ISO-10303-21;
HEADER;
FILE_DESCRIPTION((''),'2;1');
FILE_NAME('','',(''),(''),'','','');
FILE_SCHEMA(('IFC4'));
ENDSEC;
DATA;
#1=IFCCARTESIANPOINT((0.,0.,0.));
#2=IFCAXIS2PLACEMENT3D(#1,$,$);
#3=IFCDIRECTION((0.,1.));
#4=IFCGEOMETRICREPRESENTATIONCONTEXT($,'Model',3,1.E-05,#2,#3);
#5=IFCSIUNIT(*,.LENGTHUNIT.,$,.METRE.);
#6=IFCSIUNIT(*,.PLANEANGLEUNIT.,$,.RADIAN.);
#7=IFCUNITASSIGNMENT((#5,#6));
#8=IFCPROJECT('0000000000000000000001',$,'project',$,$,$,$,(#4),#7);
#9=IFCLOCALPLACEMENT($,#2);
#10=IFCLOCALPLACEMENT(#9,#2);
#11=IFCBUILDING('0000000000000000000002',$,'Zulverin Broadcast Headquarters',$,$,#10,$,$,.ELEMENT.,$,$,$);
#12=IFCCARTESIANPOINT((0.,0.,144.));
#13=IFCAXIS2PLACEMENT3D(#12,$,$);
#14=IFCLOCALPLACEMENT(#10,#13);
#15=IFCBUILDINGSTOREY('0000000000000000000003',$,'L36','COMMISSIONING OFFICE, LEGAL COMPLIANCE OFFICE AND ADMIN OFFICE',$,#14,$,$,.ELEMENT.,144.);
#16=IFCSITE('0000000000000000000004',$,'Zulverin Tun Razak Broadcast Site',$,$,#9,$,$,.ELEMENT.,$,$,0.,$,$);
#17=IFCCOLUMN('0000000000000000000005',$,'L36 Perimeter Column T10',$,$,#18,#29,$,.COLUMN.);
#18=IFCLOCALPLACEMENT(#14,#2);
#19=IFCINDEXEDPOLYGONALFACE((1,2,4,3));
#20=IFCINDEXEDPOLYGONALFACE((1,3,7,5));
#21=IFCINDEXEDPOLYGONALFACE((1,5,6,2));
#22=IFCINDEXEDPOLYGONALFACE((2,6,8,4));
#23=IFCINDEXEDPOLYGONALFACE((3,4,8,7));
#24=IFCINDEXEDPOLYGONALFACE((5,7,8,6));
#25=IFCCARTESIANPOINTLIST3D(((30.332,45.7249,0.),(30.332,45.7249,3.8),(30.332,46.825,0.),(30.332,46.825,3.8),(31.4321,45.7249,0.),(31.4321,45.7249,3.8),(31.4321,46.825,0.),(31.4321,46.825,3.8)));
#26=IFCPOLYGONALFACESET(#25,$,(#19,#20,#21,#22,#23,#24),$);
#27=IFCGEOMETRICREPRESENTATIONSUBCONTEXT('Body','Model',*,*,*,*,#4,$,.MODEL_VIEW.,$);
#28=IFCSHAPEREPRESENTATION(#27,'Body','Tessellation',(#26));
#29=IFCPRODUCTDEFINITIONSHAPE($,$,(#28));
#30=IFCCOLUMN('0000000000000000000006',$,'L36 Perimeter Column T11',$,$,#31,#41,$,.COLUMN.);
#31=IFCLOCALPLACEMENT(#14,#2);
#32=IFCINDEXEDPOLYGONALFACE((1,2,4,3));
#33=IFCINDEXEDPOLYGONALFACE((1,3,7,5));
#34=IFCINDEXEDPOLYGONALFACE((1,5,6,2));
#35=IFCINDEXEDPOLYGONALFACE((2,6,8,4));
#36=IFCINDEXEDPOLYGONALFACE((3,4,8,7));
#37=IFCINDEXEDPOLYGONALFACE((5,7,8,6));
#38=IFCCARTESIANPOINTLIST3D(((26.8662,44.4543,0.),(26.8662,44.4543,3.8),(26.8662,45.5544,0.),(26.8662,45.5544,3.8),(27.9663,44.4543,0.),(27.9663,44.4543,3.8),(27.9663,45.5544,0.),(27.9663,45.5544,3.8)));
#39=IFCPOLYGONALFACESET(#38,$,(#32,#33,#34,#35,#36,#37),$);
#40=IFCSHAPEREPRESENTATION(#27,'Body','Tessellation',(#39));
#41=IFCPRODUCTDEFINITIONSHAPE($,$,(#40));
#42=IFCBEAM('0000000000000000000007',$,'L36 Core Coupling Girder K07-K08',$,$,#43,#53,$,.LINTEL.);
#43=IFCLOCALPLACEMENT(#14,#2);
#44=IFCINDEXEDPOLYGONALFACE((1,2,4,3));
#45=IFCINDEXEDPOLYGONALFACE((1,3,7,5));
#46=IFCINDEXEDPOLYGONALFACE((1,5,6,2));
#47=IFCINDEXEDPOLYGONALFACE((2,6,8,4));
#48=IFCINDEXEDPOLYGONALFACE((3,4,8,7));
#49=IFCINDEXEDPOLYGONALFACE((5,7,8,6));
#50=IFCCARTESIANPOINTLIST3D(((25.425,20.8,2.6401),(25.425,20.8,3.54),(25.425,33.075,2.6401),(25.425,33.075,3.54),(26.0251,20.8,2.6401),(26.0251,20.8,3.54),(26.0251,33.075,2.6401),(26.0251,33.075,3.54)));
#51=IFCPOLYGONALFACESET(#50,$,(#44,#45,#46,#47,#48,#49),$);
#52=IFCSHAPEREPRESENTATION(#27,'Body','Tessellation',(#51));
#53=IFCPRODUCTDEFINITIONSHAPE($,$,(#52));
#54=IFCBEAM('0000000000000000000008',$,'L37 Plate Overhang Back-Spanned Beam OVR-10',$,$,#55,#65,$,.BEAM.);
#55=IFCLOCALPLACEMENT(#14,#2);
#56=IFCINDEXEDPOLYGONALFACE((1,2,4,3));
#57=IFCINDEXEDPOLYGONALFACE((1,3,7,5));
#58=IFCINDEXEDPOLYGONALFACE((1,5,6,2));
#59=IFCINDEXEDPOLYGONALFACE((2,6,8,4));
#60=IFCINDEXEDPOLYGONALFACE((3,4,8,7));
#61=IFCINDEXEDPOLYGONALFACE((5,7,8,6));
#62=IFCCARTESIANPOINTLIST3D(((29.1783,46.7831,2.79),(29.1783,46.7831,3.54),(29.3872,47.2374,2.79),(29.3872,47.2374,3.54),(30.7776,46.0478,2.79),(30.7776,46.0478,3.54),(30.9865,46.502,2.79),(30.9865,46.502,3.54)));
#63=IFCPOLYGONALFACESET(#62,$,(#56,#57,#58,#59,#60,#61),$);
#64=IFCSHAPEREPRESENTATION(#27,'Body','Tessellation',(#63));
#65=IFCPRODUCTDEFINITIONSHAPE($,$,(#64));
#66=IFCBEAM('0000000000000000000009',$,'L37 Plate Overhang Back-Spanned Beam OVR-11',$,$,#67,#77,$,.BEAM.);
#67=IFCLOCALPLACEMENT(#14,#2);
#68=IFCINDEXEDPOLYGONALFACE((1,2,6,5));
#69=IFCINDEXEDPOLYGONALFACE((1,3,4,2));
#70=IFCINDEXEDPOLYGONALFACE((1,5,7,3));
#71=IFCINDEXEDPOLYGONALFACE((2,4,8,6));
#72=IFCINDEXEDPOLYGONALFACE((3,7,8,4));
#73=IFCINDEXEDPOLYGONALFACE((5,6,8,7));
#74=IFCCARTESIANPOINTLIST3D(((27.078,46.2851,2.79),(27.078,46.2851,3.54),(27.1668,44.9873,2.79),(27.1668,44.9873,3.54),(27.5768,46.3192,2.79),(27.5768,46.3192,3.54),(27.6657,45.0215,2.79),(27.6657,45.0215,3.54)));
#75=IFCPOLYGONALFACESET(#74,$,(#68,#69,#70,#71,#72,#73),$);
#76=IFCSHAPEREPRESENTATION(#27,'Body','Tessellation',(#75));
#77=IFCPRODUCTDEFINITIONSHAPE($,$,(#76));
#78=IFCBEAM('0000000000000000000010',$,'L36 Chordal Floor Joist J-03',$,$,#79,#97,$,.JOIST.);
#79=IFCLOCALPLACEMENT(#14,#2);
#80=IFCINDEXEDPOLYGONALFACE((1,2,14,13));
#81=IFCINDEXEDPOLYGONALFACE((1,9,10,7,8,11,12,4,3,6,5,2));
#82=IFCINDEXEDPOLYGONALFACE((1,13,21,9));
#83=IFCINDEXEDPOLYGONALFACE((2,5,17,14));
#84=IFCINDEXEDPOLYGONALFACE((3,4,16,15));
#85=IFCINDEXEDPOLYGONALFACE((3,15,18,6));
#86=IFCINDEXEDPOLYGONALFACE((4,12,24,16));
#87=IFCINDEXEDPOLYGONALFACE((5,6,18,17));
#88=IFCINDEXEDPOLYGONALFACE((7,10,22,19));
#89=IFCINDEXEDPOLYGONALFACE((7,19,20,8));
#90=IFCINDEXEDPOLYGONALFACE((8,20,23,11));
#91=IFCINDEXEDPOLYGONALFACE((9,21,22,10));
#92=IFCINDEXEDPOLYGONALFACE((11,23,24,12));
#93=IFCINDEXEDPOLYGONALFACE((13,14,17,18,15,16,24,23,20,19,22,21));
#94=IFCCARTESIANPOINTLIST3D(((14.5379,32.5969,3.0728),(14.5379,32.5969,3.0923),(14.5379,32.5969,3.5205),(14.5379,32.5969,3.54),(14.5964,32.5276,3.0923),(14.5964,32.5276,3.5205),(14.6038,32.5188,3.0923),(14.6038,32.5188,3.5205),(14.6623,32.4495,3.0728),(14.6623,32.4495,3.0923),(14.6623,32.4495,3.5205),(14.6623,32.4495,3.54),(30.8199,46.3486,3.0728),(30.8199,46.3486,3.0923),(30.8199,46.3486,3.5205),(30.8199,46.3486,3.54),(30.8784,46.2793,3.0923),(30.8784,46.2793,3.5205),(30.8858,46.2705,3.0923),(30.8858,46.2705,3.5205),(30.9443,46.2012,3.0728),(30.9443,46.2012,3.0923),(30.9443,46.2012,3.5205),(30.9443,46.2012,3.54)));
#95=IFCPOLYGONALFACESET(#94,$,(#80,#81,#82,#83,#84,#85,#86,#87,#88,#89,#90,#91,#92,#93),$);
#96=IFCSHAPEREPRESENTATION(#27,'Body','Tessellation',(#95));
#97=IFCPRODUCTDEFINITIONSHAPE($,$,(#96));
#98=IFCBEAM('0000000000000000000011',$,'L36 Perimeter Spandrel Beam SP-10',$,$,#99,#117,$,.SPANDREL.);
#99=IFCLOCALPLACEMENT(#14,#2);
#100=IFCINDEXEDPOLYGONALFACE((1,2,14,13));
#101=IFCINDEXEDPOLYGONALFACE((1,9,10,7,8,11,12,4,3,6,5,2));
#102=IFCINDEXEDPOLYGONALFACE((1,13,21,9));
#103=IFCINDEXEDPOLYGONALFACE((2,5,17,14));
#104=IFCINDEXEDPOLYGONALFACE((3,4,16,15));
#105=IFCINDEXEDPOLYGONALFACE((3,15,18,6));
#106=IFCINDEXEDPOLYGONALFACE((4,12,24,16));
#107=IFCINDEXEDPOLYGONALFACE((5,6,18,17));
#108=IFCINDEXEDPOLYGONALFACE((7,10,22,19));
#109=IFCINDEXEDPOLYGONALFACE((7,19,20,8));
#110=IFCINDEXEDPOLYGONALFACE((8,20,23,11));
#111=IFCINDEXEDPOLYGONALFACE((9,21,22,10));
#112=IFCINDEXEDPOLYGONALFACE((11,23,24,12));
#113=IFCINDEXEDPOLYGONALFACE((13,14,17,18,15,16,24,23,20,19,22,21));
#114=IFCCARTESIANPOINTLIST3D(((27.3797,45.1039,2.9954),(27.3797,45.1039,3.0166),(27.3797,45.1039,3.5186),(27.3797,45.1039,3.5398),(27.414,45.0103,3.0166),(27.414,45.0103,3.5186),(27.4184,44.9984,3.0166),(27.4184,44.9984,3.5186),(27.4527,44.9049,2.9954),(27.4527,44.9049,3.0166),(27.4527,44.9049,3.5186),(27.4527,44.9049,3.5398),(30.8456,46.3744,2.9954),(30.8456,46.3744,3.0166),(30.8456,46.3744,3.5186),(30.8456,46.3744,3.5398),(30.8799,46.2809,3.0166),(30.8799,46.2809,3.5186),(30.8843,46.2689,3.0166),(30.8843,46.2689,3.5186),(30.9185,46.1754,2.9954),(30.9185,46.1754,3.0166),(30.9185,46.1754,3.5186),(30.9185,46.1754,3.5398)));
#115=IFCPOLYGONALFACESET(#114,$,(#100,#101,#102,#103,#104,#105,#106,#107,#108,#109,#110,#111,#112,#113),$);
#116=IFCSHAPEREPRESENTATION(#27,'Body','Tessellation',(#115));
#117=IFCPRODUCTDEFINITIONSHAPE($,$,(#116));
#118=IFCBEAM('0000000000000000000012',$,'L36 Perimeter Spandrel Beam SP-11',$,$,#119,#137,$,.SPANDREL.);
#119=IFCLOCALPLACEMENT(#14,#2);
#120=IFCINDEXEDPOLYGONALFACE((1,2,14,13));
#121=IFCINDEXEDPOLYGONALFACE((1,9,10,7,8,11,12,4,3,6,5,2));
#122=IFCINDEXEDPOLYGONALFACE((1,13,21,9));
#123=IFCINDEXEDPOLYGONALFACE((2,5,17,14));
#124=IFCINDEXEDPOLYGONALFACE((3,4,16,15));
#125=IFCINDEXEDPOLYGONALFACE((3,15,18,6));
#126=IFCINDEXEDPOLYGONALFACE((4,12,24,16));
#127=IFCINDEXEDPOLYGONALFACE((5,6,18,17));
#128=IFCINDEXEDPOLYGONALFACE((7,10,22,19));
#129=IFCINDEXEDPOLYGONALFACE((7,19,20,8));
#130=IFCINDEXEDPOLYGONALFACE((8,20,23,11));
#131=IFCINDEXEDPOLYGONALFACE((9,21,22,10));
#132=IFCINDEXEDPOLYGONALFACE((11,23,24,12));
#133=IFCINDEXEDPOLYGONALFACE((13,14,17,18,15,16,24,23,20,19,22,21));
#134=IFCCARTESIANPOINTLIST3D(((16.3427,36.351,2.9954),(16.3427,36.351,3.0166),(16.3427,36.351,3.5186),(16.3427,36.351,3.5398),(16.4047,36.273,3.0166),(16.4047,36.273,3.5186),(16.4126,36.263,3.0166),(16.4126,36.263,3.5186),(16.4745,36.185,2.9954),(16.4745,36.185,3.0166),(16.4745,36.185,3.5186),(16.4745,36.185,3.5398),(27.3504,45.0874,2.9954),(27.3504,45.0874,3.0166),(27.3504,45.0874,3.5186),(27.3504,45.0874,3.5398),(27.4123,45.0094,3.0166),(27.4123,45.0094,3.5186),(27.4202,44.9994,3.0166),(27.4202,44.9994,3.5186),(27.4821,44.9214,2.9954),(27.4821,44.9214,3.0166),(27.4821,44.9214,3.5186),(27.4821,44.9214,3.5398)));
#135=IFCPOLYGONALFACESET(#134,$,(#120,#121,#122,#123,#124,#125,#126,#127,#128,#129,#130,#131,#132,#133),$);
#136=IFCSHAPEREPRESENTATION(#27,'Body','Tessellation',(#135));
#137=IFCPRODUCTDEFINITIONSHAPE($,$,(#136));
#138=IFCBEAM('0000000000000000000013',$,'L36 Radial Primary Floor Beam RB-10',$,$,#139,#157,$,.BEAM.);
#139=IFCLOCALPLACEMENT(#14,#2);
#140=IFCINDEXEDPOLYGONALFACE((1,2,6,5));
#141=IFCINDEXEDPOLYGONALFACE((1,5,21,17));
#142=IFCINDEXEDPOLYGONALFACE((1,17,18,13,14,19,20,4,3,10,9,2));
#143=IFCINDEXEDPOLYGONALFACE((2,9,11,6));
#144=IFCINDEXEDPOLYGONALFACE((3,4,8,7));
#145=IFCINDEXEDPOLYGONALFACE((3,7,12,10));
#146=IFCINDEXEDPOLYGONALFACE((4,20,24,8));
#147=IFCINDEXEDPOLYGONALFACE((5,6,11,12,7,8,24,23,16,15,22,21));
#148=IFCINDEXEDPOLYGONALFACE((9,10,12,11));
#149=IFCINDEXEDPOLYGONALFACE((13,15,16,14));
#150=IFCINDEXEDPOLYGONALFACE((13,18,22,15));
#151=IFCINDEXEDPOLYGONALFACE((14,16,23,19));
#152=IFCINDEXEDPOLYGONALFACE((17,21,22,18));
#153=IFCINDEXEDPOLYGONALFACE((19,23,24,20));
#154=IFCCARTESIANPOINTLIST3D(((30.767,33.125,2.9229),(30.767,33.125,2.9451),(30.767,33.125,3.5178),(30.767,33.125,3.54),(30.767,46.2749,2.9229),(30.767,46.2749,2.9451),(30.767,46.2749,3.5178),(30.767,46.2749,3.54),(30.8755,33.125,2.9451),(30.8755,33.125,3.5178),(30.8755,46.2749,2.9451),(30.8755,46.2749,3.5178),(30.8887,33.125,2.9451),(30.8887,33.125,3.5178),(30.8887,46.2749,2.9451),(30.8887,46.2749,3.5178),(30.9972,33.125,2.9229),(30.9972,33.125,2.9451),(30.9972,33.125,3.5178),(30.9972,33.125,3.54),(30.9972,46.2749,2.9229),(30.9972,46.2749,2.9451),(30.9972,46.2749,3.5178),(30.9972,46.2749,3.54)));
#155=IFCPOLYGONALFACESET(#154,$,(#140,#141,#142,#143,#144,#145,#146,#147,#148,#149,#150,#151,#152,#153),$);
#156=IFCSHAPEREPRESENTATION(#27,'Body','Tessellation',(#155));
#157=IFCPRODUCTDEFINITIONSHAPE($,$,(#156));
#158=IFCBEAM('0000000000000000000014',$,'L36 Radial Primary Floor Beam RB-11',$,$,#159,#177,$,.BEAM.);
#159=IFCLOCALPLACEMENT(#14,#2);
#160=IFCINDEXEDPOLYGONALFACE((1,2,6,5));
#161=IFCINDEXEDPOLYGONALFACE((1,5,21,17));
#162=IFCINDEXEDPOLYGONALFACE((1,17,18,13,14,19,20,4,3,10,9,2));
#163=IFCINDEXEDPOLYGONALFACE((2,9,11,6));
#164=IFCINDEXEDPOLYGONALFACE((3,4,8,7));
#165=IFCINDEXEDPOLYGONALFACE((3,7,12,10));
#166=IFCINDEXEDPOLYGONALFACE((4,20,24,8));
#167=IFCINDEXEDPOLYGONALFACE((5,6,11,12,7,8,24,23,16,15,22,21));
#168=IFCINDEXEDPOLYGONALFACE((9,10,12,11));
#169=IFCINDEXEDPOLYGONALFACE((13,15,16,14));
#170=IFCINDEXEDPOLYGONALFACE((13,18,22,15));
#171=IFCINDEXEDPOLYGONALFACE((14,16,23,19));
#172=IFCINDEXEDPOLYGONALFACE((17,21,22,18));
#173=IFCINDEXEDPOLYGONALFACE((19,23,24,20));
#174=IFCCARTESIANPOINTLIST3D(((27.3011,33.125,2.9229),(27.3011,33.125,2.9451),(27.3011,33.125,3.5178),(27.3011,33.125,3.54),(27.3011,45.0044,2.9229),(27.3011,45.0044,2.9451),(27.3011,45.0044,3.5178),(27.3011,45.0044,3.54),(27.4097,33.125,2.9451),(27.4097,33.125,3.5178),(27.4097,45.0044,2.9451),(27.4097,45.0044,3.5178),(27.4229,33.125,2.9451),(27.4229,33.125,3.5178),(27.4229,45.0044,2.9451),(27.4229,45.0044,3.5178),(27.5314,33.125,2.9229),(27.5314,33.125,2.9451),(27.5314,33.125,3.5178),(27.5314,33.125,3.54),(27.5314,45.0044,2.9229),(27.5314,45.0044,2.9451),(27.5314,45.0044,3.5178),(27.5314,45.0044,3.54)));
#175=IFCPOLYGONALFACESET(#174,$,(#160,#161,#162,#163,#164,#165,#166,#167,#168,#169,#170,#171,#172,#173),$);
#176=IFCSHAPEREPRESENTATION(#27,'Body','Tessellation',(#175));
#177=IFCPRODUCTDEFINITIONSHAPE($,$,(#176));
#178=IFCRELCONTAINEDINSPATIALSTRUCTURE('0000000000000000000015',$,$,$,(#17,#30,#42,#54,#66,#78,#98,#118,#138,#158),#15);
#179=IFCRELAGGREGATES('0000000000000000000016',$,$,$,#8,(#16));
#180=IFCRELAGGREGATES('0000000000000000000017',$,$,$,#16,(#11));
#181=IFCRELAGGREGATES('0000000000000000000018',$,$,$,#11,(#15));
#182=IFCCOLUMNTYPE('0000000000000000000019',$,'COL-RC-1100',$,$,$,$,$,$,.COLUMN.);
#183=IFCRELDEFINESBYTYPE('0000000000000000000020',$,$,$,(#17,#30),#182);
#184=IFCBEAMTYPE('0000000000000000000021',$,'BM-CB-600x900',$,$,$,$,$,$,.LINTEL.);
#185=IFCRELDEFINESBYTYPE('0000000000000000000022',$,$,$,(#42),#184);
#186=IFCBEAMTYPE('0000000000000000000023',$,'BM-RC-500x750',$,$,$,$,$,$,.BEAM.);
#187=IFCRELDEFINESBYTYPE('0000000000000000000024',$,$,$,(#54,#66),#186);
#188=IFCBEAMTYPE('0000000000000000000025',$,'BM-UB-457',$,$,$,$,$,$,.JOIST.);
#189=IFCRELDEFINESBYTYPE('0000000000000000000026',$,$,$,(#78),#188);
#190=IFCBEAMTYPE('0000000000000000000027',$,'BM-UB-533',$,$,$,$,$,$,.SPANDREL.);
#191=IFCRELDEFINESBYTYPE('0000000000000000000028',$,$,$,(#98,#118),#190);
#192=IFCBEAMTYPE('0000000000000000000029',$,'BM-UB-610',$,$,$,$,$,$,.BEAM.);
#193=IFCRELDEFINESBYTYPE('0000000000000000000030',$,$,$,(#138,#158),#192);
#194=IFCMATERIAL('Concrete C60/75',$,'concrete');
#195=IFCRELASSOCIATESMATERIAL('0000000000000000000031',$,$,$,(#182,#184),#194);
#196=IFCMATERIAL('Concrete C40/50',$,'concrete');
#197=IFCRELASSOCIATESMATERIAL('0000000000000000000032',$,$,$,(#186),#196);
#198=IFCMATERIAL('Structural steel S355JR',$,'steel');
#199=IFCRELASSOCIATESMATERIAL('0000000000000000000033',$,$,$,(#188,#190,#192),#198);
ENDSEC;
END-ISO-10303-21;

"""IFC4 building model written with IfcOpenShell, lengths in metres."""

from ifc_helpers import new_model, si_unit, direction, frame, origin, origin_2d, place, context, subcontext, project, spatial, rectangle, i_section, extrude, material, material_profile, profile_set, type_object, element, save


model = new_model("IFC4")

# Units and contexts
model_context = context("Model", 3, precision=1e-05, world=origin(), true_north=direction((0.0, 1.0)))
body_context = subcontext(model_context, "Body", "Model", "MODEL_VIEW")
ifc_project = project(units=[si_unit("LENGTHUNIT", "METRE"), si_unit("PLANEANGLEUNIT", "RADIAN")], contexts=[model_context])

# Site, building, storey
site_placement = place(None, origin())
site = spatial("IfcSite", under=ifc_project, at=site_placement, Name="Zulverin Tun Razak Broadcast Site", CompositionType="ELEMENT", RefElevation=0.0)
building_placement = place(site_placement, origin())
building = spatial("IfcBuilding", under=site, at=building_placement, Name="Zulverin Broadcast Headquarters", CompositionType="ELEMENT")
storey_placement = place(building_placement, frame((0.0, 0.0, 144.0)))
storey = spatial("IfcBuildingStorey", under=building, at=storey_placement, Name="L36", Description="COMMISSIONING OFFICE, LEGAL COMPLIANCE OFFICE AND ADMIN OFFICE", CompositionType="ELEMENT", Elevation=144.0)

# Columns
ifc_material_1 = material(Name="Concrete C60/75", Category="concrete")
ifc_material_profile_1 = material_profile(ifc_material_1, rectangle(XDim=1.1001, YDim=1.1001, at=origin_2d()), Name="Concrete C60/75", Category="concrete")
ifc_profile_set_1 = profile_set([ifc_material_profile_1], Name="Concrete C60/75")
column_type = type_object("IfcColumnType", Name="COL-RC-1100", PredefinedType="COLUMN", material=ifc_profile_set_1)
for number, where, z_axis, x_axis, name in (
    (1, (30.8821, 46.2749, 0.0), (0.0, 0.0, 1.0), (1.0, 0.0, 0.0), "L36 Perimeter Column T10"),
    (2, (27.4163, 45.0044, 0.0), (0.0, 0.0, 1.0), (1.0, 0.0, 0.0), "L36 Perimeter Column T11"),
):
    element("IfcColumn", number, at=place(storey_placement, frame(where, z_axis=z_axis, x_axis=x_axis)), inside=storey, type_object=column_type, Name=name, PredefinedType="COLUMN", context=body_context, shape_type="SweptSolid", body=[
        extrude(rectangle(XDim=1.1001, YDim=1.1001, at=origin_2d()), origin(), (0.0, 0.0, 1.0), 3.8),
    ])

# Beams
ifc_material_profile_2 = material_profile(ifc_material_1, rectangle(XDim=0.6001, YDim=0.8999, at=origin_2d()), Name="Concrete C60/75", Category="concrete")
ifc_profile_set_2 = profile_set([ifc_material_profile_2], Name="Concrete C60/75")
beam_type_1 = type_object("IfcBeamType", Name="BM-CB-600x900", PredefinedType="LINTEL", material=ifc_profile_set_2)
beam_1_placement = place(storey_placement, frame((25.7251, 33.075, 3.0901), z_axis=(0.0, -1.0, 0.0), x_axis=(1.0, 0.0, 0.0)))
element("IfcBeam", 3, at=beam_1_placement, inside=storey, type_object=beam_type_1, Name="L36 Core Coupling Girder K07-K08", PredefinedType="LINTEL", context=body_context, shape_type="SweptSolid", body=[
    extrude(rectangle(XDim=0.6001, YDim=0.8999, at=origin_2d()), origin(), (0.0, 0.0, 1.0), 12.2749),
])
ifc_material_2 = material(Name="Concrete C40/50", Category="concrete")
ifc_material_profile_3 = material_profile(ifc_material_2, rectangle(XDim=0.5, YDim=0.75, at=origin_2d()), Name="Concrete C40/50", Category="concrete")
ifc_profile_set_3 = profile_set([ifc_material_profile_3], Name="Concrete C40/50")
beam_type_2 = type_object("IfcBeamType", Name="BM-RC-500x750", PredefinedType="BEAM", material=ifc_profile_set_3)
beam_2_placement = place(storey_placement, frame((30.8821, 46.2749, 3.165), z_axis=(-0.908567, 0.417738, 0.0), x_axis=(-0.417738, -0.908567, 0.0)))
element("IfcBeam", 4, at=beam_2_placement, inside=storey, type_object=beam_type_2, Name="L37 Plate Overhang Back-Spanned Beam OVR-10", PredefinedType="BEAM", context=body_context, shape_type="SweptSolid", body=[
    extrude(rectangle(XDim=0.5, YDim=0.75, at=origin_2d()), origin(), (0.0, 0.0, 1.0), 1.7603),
])
beam_3_placement = place(storey_placement, frame((27.4163, 45.0044, 3.165), z_axis=(-0.068313, 0.997664, 0.0), x_axis=(-0.997664, -0.068313, 0.0)))
element("IfcBeam", 5, at=beam_3_placement, inside=storey, type_object=beam_type_2, Name="L37 Plate Overhang Back-Spanned Beam OVR-11", PredefinedType="BEAM", context=body_context, shape_type="SweptSolid", body=[
    extrude(rectangle(XDim=0.5, YDim=0.75, at=origin_2d()), origin(), (0.0, 0.0, 1.0), 1.3008),
])
ifc_material_3 = material(Name="Structural steel S355JR", Category="steel")
ifc_material_profile_4 = material_profile(ifc_material_3, i_section(OverallWidth=0.1929, OverallDepth=0.4673, WebThickness=0.0115, FlangeThickness=0.0195, at=origin_2d()), Name="Structural steel S355JR", Category="steel")
ifc_profile_set_4 = profile_set([ifc_material_profile_4], Name="Structural steel S355JR")
beam_type_3 = type_object("IfcBeamType", Name="BM-UB-457", PredefinedType="JOIST", material=ifc_profile_set_4)
beam_4_placement = place(storey_placement, frame((30.8821, 46.2749, 3.3064), z_axis=(-0.763973, -0.645249, 0.0), x_axis=(0.645249, -0.763973, 0.0)))
element("IfcBeam", 6, at=beam_4_placement, inside=storey, type_object=beam_type_3, Name="L36 Chordal Floor Joist J-03", PredefinedType="JOIST", context=body_context, shape_type="SweptSolid", body=[
    extrude(i_section(OverallWidth=0.1929, OverallDepth=0.4673, WebThickness=0.0115, FlangeThickness=0.0195, at=origin_2d()), origin(), (0.0, 0.0, 1.0), 21.3123),
])
ifc_material_profile_5 = material_profile(ifc_material_3, i_section(OverallWidth=0.2119, OverallDepth=0.5444, WebThickness=0.0127, FlangeThickness=0.0212, at=origin_2d()), Name="Structural steel S355JR", Category="steel")
ifc_profile_set_5 = profile_set([ifc_material_profile_5], Name="Structural steel S355JR")
beam_type_4 = type_object("IfcBeamType", Name="BM-UB-533", PredefinedType="SPANDREL", material=ifc_profile_set_5)
beam_5_placement = place(storey_placement, frame((30.8821, 46.2749, 3.2676), z_axis=(-0.938902, -0.344185, 0.0), x_axis=(0.344185, -0.938902, 0.0)))
element("IfcBeam", 7, at=beam_5_placement, inside=storey, type_object=beam_type_4, Name="L36 Perimeter Spandrel Beam SP-10", PredefinedType="SPANDREL", context=body_context, shape_type="SweptSolid", body=[
    extrude(i_section(OverallWidth=0.2119, OverallDepth=0.5444, WebThickness=0.0127, FlangeThickness=0.0212, at=origin_2d()), origin(), (0.0, 0.0, 1.0), 3.6914),
])
beam_6_placement = place(storey_placement, frame((27.4163, 45.0044, 3.2676), z_axis=(-0.783283, -0.621665, 0.0), x_axis=(0.621665, -0.783283, 0.0)))
element("IfcBeam", 8, at=beam_6_placement, inside=storey, type_object=beam_type_4, Name="L36 Perimeter Spandrel Beam SP-11", PredefinedType="SPANDREL", context=body_context, shape_type="SweptSolid", body=[
    extrude(i_section(OverallWidth=0.2119, OverallDepth=0.5444, WebThickness=0.0127, FlangeThickness=0.0212, at=origin_2d()), origin(), (0.0, 0.0, 1.0), 14.0532),
])
ifc_material_profile_6 = material_profile(ifc_material_3, i_section(OverallWidth=0.2302, OverallDepth=0.6172, WebThickness=0.0132, FlangeThickness=0.0222, at=origin_2d()), Name="Structural steel S355JR", Category="steel")
ifc_profile_set_6 = profile_set([ifc_material_profile_6], Name="Structural steel S355JR")
beam_type_5 = type_object("IfcBeamType", Name="BM-UB-610", PredefinedType="BEAM", material=ifc_profile_set_6)
beam_7_placement = place(storey_placement, frame((30.8821, 33.125, 3.2314), z_axis=(0.0, 1.0, 0.0), x_axis=(-1.0, 0.0, 0.0)))
element("IfcBeam", 9, at=beam_7_placement, inside=storey, type_object=beam_type_5, Name="L36 Radial Primary Floor Beam RB-10", PredefinedType="BEAM", context=body_context, shape_type="SweptSolid", body=[
    extrude(i_section(OverallWidth=0.2302, OverallDepth=0.6172, WebThickness=0.0132, FlangeThickness=0.0222, at=origin_2d()), origin(), (0.0, 0.0, 1.0), 13.1499),
])
beam_8_placement = place(storey_placement, frame((27.4163, 33.125, 3.2314), z_axis=(0.0, 1.0, 0.0), x_axis=(-1.0, 0.0, 0.0)))
element("IfcBeam", 10, at=beam_8_placement, inside=storey, type_object=beam_type_5, Name="L36 Radial Primary Floor Beam RB-11", PredefinedType="BEAM", context=body_context, shape_type="SweptSolid", body=[
    extrude(i_section(OverallWidth=0.2302, OverallDepth=0.6172, WebThickness=0.0132, FlangeThickness=0.0222, at=origin_2d()), origin(), (0.0, 0.0, 1.0), 11.8794),
])

save(model, "model.ifc")
